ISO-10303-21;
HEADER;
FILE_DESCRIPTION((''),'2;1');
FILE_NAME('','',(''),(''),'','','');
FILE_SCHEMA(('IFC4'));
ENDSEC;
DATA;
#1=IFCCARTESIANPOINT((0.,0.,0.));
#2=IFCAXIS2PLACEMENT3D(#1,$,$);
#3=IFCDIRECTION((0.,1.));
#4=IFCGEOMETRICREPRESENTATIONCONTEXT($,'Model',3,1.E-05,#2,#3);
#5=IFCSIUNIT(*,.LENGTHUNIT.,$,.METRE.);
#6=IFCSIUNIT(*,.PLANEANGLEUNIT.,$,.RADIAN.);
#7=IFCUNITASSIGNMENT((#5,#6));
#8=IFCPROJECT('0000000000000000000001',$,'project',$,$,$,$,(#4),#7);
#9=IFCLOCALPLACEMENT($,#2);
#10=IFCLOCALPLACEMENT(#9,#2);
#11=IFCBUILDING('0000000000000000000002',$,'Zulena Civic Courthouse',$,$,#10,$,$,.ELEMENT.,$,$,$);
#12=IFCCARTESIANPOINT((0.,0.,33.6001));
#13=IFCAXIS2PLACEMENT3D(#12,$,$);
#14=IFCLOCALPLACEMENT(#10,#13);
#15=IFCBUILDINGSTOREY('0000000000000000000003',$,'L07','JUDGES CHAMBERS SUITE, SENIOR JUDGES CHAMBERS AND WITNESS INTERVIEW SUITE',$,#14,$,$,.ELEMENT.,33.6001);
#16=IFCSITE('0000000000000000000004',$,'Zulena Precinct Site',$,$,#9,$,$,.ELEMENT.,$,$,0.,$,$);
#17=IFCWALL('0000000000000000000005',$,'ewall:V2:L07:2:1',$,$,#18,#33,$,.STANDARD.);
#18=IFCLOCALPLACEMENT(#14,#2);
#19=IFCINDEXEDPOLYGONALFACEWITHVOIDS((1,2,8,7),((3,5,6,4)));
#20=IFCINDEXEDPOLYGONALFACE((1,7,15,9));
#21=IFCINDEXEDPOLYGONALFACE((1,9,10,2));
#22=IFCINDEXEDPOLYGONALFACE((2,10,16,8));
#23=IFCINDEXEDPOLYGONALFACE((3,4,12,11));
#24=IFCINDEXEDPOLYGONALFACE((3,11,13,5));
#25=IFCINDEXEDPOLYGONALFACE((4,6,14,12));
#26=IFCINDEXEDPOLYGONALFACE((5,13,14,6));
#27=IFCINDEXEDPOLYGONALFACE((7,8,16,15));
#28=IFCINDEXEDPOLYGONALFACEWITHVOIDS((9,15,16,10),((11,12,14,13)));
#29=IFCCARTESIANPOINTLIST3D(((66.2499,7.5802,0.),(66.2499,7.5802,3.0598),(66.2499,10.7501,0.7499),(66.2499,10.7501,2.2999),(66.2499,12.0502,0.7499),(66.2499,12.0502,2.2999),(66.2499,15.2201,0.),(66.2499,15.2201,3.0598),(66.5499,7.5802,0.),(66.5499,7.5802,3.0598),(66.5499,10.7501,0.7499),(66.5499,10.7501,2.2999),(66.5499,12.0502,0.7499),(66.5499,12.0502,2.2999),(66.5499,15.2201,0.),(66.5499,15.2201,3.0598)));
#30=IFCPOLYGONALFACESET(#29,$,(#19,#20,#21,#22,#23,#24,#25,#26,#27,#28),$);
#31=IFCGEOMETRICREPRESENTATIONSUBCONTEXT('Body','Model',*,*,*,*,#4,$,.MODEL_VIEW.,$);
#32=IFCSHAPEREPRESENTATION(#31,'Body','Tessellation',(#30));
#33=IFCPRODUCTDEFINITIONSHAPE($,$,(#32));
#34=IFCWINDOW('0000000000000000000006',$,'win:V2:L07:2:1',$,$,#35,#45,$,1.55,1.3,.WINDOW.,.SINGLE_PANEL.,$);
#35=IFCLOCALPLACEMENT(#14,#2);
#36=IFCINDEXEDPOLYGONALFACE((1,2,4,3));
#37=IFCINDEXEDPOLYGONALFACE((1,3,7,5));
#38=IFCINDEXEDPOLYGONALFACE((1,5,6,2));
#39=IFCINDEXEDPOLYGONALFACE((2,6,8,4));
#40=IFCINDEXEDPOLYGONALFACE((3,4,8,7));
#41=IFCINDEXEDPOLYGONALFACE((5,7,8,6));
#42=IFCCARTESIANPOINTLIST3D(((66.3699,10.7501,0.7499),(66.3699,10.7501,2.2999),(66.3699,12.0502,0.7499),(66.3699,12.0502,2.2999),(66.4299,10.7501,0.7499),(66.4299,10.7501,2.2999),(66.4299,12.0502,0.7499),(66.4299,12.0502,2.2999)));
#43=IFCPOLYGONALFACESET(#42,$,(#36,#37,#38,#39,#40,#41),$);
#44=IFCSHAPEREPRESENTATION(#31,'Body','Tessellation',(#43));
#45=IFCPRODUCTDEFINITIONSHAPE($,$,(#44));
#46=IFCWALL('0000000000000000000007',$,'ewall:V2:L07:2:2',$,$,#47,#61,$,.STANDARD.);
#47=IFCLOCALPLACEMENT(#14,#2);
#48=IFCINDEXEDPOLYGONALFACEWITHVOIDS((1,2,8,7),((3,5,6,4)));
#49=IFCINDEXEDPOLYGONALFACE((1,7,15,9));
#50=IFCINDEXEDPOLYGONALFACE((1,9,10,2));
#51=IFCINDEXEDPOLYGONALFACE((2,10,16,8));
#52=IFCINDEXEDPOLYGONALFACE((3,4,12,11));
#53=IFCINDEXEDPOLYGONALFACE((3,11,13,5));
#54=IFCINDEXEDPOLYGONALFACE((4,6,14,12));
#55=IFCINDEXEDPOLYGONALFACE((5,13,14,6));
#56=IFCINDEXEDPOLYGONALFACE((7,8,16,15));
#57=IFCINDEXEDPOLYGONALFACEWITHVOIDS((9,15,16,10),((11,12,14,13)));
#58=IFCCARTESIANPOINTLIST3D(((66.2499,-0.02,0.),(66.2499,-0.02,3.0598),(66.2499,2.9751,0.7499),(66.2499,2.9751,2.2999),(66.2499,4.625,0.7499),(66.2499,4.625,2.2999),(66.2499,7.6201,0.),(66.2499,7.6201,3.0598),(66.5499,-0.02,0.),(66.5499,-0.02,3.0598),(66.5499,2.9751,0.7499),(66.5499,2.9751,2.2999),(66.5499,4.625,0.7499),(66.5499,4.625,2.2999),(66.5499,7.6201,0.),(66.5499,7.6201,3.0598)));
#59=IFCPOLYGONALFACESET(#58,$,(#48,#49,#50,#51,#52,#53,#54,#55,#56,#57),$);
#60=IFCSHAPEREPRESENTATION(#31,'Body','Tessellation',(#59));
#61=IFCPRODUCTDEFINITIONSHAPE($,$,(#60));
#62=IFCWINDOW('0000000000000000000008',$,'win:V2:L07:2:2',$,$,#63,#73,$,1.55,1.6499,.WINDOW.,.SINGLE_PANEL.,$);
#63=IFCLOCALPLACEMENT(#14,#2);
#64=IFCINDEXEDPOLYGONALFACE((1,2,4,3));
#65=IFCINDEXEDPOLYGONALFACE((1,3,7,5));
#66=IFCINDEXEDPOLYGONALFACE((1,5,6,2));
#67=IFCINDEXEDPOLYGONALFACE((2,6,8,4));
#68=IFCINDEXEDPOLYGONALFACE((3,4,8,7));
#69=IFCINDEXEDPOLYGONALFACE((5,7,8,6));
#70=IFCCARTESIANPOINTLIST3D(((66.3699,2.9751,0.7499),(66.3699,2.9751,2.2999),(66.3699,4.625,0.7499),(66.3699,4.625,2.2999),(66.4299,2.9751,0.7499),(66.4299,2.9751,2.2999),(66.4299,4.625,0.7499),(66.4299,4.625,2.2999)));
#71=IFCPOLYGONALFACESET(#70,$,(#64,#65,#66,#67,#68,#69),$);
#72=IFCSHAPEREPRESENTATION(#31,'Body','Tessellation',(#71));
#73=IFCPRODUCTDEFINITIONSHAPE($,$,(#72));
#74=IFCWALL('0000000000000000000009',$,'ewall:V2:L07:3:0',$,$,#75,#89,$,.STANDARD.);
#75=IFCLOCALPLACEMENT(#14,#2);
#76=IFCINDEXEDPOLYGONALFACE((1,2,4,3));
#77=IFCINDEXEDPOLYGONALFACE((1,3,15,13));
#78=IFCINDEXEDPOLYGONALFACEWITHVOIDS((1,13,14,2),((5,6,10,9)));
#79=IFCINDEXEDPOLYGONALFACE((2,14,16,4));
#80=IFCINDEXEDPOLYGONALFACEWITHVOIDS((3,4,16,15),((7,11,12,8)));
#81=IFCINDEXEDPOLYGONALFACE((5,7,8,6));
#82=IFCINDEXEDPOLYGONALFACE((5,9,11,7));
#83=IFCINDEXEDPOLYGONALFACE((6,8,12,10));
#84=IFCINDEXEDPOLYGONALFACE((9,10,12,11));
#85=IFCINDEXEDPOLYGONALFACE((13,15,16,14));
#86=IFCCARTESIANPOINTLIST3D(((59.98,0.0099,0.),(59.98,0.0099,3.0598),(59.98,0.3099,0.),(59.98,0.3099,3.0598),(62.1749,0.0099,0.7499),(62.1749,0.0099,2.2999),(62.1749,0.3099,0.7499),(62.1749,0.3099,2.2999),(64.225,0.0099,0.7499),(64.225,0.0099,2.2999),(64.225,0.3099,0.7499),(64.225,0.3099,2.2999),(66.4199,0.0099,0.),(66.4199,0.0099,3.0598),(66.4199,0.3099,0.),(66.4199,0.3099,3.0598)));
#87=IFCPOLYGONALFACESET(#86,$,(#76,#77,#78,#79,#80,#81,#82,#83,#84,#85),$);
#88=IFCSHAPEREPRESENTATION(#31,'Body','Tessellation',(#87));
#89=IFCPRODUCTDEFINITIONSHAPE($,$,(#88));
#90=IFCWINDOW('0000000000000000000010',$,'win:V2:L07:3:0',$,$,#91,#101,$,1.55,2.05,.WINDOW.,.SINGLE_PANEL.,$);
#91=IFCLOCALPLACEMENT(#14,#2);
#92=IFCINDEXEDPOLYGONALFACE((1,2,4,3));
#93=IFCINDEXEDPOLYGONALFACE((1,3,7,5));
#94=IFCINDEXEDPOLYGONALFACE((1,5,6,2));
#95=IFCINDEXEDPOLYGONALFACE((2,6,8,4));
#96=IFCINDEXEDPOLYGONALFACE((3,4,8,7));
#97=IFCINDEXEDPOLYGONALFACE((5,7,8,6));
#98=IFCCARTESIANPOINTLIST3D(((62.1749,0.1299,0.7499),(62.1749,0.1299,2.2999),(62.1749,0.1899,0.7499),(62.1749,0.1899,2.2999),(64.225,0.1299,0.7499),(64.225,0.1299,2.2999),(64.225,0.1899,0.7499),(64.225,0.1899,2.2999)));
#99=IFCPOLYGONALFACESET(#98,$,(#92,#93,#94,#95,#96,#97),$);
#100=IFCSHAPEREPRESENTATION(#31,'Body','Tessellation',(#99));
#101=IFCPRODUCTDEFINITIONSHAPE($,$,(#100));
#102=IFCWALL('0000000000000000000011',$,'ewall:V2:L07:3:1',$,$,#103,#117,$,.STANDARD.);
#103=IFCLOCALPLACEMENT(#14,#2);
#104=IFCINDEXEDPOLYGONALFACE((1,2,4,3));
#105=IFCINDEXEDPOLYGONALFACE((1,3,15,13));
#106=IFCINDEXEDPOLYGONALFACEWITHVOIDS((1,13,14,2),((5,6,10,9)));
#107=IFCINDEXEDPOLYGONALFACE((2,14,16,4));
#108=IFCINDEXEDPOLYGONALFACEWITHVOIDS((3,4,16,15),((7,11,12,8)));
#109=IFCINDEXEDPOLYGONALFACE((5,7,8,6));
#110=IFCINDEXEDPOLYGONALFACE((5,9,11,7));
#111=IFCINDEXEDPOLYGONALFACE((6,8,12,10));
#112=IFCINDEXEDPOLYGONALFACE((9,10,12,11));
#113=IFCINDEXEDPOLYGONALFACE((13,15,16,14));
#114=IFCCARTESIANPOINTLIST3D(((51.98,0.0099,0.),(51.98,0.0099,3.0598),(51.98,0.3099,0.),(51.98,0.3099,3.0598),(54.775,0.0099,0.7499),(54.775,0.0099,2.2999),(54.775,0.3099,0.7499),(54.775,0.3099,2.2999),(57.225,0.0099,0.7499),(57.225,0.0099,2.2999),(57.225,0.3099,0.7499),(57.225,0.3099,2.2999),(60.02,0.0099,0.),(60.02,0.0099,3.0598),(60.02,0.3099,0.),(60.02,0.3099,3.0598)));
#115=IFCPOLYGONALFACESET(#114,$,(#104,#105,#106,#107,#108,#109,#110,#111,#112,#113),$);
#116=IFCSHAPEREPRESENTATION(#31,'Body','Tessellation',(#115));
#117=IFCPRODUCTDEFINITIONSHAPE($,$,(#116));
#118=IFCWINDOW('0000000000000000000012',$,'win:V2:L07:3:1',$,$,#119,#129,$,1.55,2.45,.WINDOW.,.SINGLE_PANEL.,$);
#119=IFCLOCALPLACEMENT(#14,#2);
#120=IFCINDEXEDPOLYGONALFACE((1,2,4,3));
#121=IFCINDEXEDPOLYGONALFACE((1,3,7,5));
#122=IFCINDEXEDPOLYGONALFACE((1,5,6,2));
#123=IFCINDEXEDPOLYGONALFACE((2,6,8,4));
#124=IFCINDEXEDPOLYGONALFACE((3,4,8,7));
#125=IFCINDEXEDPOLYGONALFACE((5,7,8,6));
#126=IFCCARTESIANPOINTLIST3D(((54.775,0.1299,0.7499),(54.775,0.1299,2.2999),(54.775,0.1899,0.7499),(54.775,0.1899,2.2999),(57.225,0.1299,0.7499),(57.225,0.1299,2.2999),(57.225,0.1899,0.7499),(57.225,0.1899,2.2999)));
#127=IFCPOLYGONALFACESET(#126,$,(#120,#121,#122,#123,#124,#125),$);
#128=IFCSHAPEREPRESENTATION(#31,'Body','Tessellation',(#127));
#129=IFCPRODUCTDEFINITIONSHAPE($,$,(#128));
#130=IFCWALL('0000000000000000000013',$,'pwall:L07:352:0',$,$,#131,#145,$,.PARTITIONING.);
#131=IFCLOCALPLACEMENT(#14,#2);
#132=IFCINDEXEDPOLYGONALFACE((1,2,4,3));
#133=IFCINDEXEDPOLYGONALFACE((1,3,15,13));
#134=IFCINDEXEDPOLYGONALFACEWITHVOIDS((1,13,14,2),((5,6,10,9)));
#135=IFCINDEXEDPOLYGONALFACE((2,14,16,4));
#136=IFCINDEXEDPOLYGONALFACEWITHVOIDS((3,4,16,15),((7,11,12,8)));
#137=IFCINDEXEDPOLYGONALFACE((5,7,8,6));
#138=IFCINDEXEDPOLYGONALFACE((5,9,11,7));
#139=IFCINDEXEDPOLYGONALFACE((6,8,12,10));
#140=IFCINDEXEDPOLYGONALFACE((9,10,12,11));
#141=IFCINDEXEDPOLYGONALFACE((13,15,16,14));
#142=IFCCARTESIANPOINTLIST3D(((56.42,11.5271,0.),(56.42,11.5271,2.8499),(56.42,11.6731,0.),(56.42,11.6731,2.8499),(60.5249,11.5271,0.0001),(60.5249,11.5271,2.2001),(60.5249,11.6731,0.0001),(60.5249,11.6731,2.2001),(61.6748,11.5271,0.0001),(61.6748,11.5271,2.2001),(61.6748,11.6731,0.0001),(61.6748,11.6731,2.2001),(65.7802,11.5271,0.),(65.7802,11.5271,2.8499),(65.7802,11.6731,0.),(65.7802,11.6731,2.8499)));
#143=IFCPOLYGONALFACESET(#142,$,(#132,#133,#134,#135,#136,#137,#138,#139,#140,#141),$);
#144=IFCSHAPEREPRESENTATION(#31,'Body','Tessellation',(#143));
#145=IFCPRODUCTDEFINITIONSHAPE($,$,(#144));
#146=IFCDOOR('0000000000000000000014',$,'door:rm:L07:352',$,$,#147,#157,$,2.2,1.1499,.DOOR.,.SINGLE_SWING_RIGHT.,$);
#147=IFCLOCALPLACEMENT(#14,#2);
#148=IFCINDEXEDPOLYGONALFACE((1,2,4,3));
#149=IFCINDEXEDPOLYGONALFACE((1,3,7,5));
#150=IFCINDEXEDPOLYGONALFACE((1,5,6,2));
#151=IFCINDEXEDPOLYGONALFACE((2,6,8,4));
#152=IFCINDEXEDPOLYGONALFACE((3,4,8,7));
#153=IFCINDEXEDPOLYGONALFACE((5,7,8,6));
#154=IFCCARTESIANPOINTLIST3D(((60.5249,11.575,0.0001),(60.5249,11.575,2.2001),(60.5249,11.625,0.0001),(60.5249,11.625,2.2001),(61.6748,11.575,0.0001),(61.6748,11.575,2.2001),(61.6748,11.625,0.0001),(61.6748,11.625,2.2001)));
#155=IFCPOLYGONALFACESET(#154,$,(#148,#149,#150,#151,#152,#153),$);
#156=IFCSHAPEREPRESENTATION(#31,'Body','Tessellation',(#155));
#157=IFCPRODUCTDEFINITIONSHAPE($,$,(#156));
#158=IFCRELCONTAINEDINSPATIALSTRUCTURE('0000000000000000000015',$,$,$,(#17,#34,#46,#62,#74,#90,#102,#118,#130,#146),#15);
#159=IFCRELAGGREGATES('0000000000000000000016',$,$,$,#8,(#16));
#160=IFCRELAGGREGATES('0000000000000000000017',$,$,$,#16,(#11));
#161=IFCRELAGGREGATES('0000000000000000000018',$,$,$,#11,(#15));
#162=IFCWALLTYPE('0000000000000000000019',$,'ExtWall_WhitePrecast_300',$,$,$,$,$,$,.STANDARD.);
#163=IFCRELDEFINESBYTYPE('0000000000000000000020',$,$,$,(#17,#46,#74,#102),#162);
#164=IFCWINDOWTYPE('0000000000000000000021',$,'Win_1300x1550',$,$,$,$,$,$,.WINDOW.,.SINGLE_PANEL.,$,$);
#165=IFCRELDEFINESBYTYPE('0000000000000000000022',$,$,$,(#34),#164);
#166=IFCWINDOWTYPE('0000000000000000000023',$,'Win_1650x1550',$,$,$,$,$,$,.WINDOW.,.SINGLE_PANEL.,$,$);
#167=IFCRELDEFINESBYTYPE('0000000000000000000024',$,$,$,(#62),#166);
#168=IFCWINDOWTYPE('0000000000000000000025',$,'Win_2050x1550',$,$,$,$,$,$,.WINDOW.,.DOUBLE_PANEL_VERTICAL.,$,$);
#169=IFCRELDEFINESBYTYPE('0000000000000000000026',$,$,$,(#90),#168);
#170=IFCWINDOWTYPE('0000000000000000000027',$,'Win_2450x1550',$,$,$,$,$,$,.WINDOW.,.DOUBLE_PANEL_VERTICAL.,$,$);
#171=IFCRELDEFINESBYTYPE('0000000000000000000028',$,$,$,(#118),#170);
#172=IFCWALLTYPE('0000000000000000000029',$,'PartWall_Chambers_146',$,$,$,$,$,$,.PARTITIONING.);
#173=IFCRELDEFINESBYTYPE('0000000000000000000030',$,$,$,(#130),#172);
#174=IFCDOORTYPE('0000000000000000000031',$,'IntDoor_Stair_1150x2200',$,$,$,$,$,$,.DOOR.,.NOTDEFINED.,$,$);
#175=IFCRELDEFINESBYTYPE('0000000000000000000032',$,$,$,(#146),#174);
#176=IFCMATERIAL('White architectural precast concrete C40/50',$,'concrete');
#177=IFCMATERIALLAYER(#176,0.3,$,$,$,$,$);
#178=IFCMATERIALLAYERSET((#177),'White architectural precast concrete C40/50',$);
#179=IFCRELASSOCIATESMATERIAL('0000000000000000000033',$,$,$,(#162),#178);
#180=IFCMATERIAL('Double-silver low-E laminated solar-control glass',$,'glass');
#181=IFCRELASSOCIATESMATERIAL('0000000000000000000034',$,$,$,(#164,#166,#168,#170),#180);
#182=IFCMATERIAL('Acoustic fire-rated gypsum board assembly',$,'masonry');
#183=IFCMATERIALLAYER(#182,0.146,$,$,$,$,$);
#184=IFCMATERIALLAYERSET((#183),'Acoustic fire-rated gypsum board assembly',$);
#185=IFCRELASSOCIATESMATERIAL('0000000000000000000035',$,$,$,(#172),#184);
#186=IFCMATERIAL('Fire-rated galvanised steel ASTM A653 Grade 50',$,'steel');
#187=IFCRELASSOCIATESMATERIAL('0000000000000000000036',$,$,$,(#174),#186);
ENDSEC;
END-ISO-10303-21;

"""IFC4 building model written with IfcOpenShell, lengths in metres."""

from ifc_helpers import new_model, si_unit, direction, frame, frame_2d, origin, place, context, subcontext, project, spatial, rectangle, extrude, material, layer, layer_set, type_object, element, fill, save


model = new_model("IFC4")

# Units and contexts
model_context = context("Model", 3, precision=1e-05, world=origin(), true_north=direction((0.0, 1.0)))
body_context = subcontext(model_context, "Body", "Model", "MODEL_VIEW")
ifc_project = project(units=[si_unit("LENGTHUNIT", "METRE"), si_unit("PLANEANGLEUNIT", "RADIAN")], contexts=[model_context])

# Site, building, storey
site_placement = place(None, origin())
site = spatial("IfcSite", under=ifc_project, at=site_placement, Name="Zulena Precinct Site", CompositionType="ELEMENT", RefElevation=0.0)
building_placement = place(site_placement, origin())
building = spatial("IfcBuilding", under=site, at=building_placement, Name="Zulena Civic Courthouse", CompositionType="ELEMENT")
storey_placement = place(building_placement, frame((0.0, 0.0, 33.6001)))
storey = spatial("IfcBuildingStorey", under=building, at=storey_placement, Name="L07", Description="JUDGES CHAMBERS SUITE, SENIOR JUDGES CHAMBERS AND WITNESS INTERVIEW SUITE", CompositionType="ELEMENT", Elevation=33.6001)

# Walls, openings, windows
ifc_material_1 = material(Name="White architectural precast concrete C40/50", Category="concrete")
ifc_layer_1 = layer(ifc_material_1, 0.3)
ifc_layer_set_1 = layer_set([ifc_layer_1], Name="White architectural precast concrete C40/50")
wall_type_1 = type_object("IfcWallType", Name="ExtWall_WhitePrecast_300", PredefinedType="STANDARD", material=ifc_layer_set_1)
wall_1_placement = place(storey_placement, frame((66.3999, 15.22, 0.0), z_axis=(0.0, 0.0, 1.0), x_axis=(0.0, -1.0, 0.0)))
wall_1 = element("IfcWall", 1, at=wall_1_placement, inside=storey, type_object=wall_type_1, Name="ewall:V2:L07:2:1", PredefinedType="STANDARD", context=body_context, shape_type="SweptSolid", body=[
    extrude(rectangle(XDim=7.6399, YDim=0.3, at=frame_2d((3.8198, 0.0))), origin(), (0.0, 0.0, 1.0), 3.0598),
])
opening_1_placement = place(wall_1_placement, frame((3.1699, 0.0, 0.75)))
opening_1 = element("IfcOpeningElement", 2, at=opening_1_placement, cuts=wall_1, PredefinedType="OPENING", context=body_context, shape_type="SweptSolid", body=[
    extrude(rectangle(XDim=1.3, YDim=1.55, at=frame_2d((0.6499, 0.7749))), frame((0.0, 0.1599, 0.0), z_axis=(0.0, -1.0, 0.0), x_axis=(1.0, 0.0, 0.0)), (0.0, 0.0, 1.0), 0.3201),
])
ifc_material_2 = material(Name="Double-silver low-E laminated solar-control glass", Category="glass")
window_type_1 = type_object("IfcWindowType", Name="Win_1300x1550", PartitioningType="SINGLE_PANEL", PredefinedType="WINDOW", material=ifc_material_2)
window_1_placement = place(opening_1_placement, origin())
window_1 = element("IfcWindow", 3, at=window_1_placement, inside=storey, type_object=window_type_1, Name="win:V2:L07:2:1", OverallHeight=1.55, OverallWidth=1.3, PartitioningType="SINGLE_PANEL", PredefinedType="WINDOW", context=body_context, shape_type="SweptSolid", body=[
    extrude(rectangle(XDim=1.3, YDim=1.55, at=frame_2d((0.6499, 0.7749))), frame((0.0, 0.03, 0.0), z_axis=(0.0, -1.0, 0.0), x_axis=(1.0, 0.0, 0.0)), (0.0, 0.0, 1.0), 0.0601),
])
fill(opening_1, window_1)
wall_2_placement = place(storey_placement, frame((66.3999, 7.6201, 0.0), z_axis=(0.0, 0.0, 1.0), x_axis=(0.0, -1.0, 0.0)))
wall_2 = element("IfcWall", 4, at=wall_2_placement, inside=storey, type_object=wall_type_1, Name="ewall:V2:L07:2:2", PredefinedType="STANDARD", context=body_context, shape_type="SweptSolid", body=[
    extrude(rectangle(XDim=7.6401, YDim=0.3, at=frame_2d((3.8201, 0.0))), origin(), (0.0, 0.0, 1.0), 3.0598),
])
opening_2_placement = place(wall_2_placement, frame((2.9951, 0.0, 0.75)))
opening_2 = element("IfcOpeningElement", 5, at=opening_2_placement, cuts=wall_2, PredefinedType="OPENING", context=body_context, shape_type="SweptSolid", body=[
    extrude(rectangle(XDim=1.6499, YDim=1.55, at=frame_2d((0.825, 0.7749))), frame((0.0, 0.1599, 0.0), z_axis=(0.0, -1.0, 0.0), x_axis=(1.0, 0.0, 0.0)), (0.0, 0.0, 1.0), 0.3201),
])
window_type_2 = type_object("IfcWindowType", Name="Win_1650x1550", PartitioningType="SINGLE_PANEL", PredefinedType="WINDOW", material=ifc_material_2)
window_2_placement = place(opening_2_placement, origin())
window_2 = element("IfcWindow", 6, at=window_2_placement, inside=storey, type_object=window_type_2, Name="win:V2:L07:2:2", OverallHeight=1.55, OverallWidth=1.6499, PartitioningType="SINGLE_PANEL", PredefinedType="WINDOW", context=body_context, shape_type="SweptSolid", body=[
    extrude(rectangle(XDim=1.6499, YDim=1.55, at=frame_2d((0.825, 0.7749))), frame((0.0, 0.03, 0.0), z_axis=(0.0, -1.0, 0.0), x_axis=(1.0, 0.0, 0.0)), (0.0, 0.0, 1.0), 0.0601),
])
fill(opening_2, window_2)
wall_3_placement = place(storey_placement, frame((66.4199, 0.1599, 0.0), z_axis=(0.0, 0.0, 1.0), x_axis=(-1.0, 0.0, 0.0)))
wall_3 = element("IfcWall", 7, at=wall_3_placement, inside=storey, type_object=wall_type_1, Name="ewall:V2:L07:3:0", PredefinedType="STANDARD", context=body_context, shape_type="SweptSolid", body=[
    extrude(rectangle(XDim=6.4399, YDim=0.3, at=frame_2d((3.22, 0.0))), origin(), (0.0, 0.0, 1.0), 3.0598),
])
opening_3_placement = place(wall_3_placement, frame((2.1951, 0.0, 0.75)))
opening_3 = element("IfcOpeningElement", 8, at=opening_3_placement, cuts=wall_3, PredefinedType="OPENING", context=body_context, shape_type="SweptSolid", body=[
    extrude(rectangle(XDim=2.05, YDim=1.55, at=frame_2d((1.0249, 0.7749))), frame((0.0, 0.1599, 0.0), z_axis=(0.0, -1.0, 0.0), x_axis=(1.0, 0.0, 0.0)), (0.0, 0.0, 1.0), 0.3201),
])
window_type_3 = type_object("IfcWindowType", Name="Win_2050x1550", PartitioningType="DOUBLE_PANEL_VERTICAL", PredefinedType="WINDOW", material=ifc_material_2)
window_3_placement = place(opening_3_placement, origin())
window_3 = element("IfcWindow", 9, at=window_3_placement, inside=storey, type_object=window_type_3, Name="win:V2:L07:3:0", OverallHeight=1.55, OverallWidth=2.05, PartitioningType="SINGLE_PANEL", PredefinedType="WINDOW", context=body_context, shape_type="SweptSolid", body=[
    extrude(rectangle(XDim=2.05, YDim=1.55, at=frame_2d((1.0249, 0.7749))), frame((0.0, 0.03, 0.0), z_axis=(0.0, -1.0, 0.0), x_axis=(1.0, 0.0, 0.0)), (0.0, 0.0, 1.0), 0.0601),
])
fill(opening_3, window_3)
wall_4_placement = place(storey_placement, frame((60.02, 0.1599, 0.0), z_axis=(0.0, 0.0, 1.0), x_axis=(-1.0, 0.0, 0.0)))
wall_4 = element("IfcWall", 10, at=wall_4_placement, inside=storey, type_object=wall_type_1, Name="ewall:V2:L07:3:1", PredefinedType="STANDARD", context=body_context, shape_type="SweptSolid", body=[
    extrude(rectangle(XDim=8.04, YDim=0.3, at=frame_2d((4.02, 0.0))), origin(), (0.0, 0.0, 1.0), 3.0598),
])
opening_4_placement = place(wall_4_placement, frame((2.7949, 0.0, 0.75)))
opening_4 = element("IfcOpeningElement", 11, at=opening_4_placement, cuts=wall_4, PredefinedType="OPENING", context=body_context, shape_type="SweptSolid", body=[
    extrude(rectangle(XDim=2.45, YDim=1.55, at=frame_2d((1.2251, 0.7749))), frame((0.0, 0.1599, 0.0), z_axis=(0.0, -1.0, 0.0), x_axis=(1.0, 0.0, 0.0)), (0.0, 0.0, 1.0), 0.3201),
])
window_type_4 = type_object("IfcWindowType", Name="Win_2450x1550", PartitioningType="DOUBLE_PANEL_VERTICAL", PredefinedType="WINDOW", material=ifc_material_2)
window_4_placement = place(opening_4_placement, origin())
window_4 = element("IfcWindow", 12, at=window_4_placement, inside=storey, type_object=window_type_4, Name="win:V2:L07:3:1", OverallHeight=1.55, OverallWidth=2.45, PartitioningType="SINGLE_PANEL", PredefinedType="WINDOW", context=body_context, shape_type="SweptSolid", body=[
    extrude(rectangle(XDim=2.45, YDim=1.55, at=frame_2d((1.2251, 0.7749))), frame((0.0, 0.03, 0.0), z_axis=(0.0, -1.0, 0.0), x_axis=(1.0, 0.0, 0.0)), (0.0, 0.0, 1.0), 0.0601),
])
fill(opening_4, window_4)

# Wall, opening, door
ifc_material_3 = material(Name="Acoustic fire-rated gypsum board assembly", Category="masonry")
ifc_layer_2 = layer(ifc_material_3, 0.146)
ifc_layer_set_2 = layer_set([ifc_layer_2], Name="Acoustic fire-rated gypsum board assembly")
wall_type_2 = type_object("IfcWallType", Name="PartWall_Chambers_146", PredefinedType="PARTITIONING", material=ifc_layer_set_2)
wall_5_placement = place(storey_placement, frame((56.4199, 11.6001, 0.0), z_axis=(0.0, 0.0, 1.0), x_axis=(1.0, 0.0, 0.0)))
wall_5 = element("IfcWall", 13, at=wall_5_placement, inside=storey, type_object=wall_type_2, Name="pwall:L07:352:0", PredefinedType="PARTITIONING", context=body_context, shape_type="SweptSolid", body=[
    extrude(rectangle(XDim=9.3601, YDim=0.146, at=frame_2d((4.6802, 0.0))), origin(), (0.0, 0.0, 1.0), 2.8499),
])
opening_5_placement = place(wall_5_placement, frame((4.105, 0.0, 0.0)))
opening_5 = element("IfcOpeningElement", 14, at=opening_5_placement, cuts=wall_5, PredefinedType="OPENING", context=body_context, shape_type="SweptSolid", body=[
    extrude(rectangle(XDim=1.1499, YDim=2.2, at=frame_2d((0.575, 1.1001))), frame((0.0, 0.083, 0.0), z_axis=(0.0, -1.0, 0.0), x_axis=(1.0, 0.0, 0.0)), (0.0, 0.0, 1.0), 0.166),
])
ifc_material_4 = material(Name="Fire-rated galvanised steel ASTM A653 Grade 50", Category="steel")
door_type = type_object("IfcDoorType", Name="IntDoor_Stair_1150x2200", OperationType="NOTDEFINED", PredefinedType="DOOR", material=ifc_material_4)
door_placement = place(opening_5_placement, origin())
door = element("IfcDoor", 15, at=door_placement, inside=storey, type_object=door_type, Name="door:rm:L07:352", OperationType="SINGLE_SWING_RIGHT", OverallHeight=2.2, OverallWidth=1.1499, PredefinedType="DOOR", context=body_context, shape_type="SweptSolid", body=[
    extrude(rectangle(XDim=1.1499, YDim=2.2, at=frame_2d((0.575, 1.1001))), frame((0.0, 0.0249, 0.0), z_axis=(0.0, -1.0, 0.0), x_axis=(1.0, 0.0, 0.0)), (0.0, 0.0, 1.0), 0.05),
])
fill(opening_5, door)

save(model, "model.ifc")
